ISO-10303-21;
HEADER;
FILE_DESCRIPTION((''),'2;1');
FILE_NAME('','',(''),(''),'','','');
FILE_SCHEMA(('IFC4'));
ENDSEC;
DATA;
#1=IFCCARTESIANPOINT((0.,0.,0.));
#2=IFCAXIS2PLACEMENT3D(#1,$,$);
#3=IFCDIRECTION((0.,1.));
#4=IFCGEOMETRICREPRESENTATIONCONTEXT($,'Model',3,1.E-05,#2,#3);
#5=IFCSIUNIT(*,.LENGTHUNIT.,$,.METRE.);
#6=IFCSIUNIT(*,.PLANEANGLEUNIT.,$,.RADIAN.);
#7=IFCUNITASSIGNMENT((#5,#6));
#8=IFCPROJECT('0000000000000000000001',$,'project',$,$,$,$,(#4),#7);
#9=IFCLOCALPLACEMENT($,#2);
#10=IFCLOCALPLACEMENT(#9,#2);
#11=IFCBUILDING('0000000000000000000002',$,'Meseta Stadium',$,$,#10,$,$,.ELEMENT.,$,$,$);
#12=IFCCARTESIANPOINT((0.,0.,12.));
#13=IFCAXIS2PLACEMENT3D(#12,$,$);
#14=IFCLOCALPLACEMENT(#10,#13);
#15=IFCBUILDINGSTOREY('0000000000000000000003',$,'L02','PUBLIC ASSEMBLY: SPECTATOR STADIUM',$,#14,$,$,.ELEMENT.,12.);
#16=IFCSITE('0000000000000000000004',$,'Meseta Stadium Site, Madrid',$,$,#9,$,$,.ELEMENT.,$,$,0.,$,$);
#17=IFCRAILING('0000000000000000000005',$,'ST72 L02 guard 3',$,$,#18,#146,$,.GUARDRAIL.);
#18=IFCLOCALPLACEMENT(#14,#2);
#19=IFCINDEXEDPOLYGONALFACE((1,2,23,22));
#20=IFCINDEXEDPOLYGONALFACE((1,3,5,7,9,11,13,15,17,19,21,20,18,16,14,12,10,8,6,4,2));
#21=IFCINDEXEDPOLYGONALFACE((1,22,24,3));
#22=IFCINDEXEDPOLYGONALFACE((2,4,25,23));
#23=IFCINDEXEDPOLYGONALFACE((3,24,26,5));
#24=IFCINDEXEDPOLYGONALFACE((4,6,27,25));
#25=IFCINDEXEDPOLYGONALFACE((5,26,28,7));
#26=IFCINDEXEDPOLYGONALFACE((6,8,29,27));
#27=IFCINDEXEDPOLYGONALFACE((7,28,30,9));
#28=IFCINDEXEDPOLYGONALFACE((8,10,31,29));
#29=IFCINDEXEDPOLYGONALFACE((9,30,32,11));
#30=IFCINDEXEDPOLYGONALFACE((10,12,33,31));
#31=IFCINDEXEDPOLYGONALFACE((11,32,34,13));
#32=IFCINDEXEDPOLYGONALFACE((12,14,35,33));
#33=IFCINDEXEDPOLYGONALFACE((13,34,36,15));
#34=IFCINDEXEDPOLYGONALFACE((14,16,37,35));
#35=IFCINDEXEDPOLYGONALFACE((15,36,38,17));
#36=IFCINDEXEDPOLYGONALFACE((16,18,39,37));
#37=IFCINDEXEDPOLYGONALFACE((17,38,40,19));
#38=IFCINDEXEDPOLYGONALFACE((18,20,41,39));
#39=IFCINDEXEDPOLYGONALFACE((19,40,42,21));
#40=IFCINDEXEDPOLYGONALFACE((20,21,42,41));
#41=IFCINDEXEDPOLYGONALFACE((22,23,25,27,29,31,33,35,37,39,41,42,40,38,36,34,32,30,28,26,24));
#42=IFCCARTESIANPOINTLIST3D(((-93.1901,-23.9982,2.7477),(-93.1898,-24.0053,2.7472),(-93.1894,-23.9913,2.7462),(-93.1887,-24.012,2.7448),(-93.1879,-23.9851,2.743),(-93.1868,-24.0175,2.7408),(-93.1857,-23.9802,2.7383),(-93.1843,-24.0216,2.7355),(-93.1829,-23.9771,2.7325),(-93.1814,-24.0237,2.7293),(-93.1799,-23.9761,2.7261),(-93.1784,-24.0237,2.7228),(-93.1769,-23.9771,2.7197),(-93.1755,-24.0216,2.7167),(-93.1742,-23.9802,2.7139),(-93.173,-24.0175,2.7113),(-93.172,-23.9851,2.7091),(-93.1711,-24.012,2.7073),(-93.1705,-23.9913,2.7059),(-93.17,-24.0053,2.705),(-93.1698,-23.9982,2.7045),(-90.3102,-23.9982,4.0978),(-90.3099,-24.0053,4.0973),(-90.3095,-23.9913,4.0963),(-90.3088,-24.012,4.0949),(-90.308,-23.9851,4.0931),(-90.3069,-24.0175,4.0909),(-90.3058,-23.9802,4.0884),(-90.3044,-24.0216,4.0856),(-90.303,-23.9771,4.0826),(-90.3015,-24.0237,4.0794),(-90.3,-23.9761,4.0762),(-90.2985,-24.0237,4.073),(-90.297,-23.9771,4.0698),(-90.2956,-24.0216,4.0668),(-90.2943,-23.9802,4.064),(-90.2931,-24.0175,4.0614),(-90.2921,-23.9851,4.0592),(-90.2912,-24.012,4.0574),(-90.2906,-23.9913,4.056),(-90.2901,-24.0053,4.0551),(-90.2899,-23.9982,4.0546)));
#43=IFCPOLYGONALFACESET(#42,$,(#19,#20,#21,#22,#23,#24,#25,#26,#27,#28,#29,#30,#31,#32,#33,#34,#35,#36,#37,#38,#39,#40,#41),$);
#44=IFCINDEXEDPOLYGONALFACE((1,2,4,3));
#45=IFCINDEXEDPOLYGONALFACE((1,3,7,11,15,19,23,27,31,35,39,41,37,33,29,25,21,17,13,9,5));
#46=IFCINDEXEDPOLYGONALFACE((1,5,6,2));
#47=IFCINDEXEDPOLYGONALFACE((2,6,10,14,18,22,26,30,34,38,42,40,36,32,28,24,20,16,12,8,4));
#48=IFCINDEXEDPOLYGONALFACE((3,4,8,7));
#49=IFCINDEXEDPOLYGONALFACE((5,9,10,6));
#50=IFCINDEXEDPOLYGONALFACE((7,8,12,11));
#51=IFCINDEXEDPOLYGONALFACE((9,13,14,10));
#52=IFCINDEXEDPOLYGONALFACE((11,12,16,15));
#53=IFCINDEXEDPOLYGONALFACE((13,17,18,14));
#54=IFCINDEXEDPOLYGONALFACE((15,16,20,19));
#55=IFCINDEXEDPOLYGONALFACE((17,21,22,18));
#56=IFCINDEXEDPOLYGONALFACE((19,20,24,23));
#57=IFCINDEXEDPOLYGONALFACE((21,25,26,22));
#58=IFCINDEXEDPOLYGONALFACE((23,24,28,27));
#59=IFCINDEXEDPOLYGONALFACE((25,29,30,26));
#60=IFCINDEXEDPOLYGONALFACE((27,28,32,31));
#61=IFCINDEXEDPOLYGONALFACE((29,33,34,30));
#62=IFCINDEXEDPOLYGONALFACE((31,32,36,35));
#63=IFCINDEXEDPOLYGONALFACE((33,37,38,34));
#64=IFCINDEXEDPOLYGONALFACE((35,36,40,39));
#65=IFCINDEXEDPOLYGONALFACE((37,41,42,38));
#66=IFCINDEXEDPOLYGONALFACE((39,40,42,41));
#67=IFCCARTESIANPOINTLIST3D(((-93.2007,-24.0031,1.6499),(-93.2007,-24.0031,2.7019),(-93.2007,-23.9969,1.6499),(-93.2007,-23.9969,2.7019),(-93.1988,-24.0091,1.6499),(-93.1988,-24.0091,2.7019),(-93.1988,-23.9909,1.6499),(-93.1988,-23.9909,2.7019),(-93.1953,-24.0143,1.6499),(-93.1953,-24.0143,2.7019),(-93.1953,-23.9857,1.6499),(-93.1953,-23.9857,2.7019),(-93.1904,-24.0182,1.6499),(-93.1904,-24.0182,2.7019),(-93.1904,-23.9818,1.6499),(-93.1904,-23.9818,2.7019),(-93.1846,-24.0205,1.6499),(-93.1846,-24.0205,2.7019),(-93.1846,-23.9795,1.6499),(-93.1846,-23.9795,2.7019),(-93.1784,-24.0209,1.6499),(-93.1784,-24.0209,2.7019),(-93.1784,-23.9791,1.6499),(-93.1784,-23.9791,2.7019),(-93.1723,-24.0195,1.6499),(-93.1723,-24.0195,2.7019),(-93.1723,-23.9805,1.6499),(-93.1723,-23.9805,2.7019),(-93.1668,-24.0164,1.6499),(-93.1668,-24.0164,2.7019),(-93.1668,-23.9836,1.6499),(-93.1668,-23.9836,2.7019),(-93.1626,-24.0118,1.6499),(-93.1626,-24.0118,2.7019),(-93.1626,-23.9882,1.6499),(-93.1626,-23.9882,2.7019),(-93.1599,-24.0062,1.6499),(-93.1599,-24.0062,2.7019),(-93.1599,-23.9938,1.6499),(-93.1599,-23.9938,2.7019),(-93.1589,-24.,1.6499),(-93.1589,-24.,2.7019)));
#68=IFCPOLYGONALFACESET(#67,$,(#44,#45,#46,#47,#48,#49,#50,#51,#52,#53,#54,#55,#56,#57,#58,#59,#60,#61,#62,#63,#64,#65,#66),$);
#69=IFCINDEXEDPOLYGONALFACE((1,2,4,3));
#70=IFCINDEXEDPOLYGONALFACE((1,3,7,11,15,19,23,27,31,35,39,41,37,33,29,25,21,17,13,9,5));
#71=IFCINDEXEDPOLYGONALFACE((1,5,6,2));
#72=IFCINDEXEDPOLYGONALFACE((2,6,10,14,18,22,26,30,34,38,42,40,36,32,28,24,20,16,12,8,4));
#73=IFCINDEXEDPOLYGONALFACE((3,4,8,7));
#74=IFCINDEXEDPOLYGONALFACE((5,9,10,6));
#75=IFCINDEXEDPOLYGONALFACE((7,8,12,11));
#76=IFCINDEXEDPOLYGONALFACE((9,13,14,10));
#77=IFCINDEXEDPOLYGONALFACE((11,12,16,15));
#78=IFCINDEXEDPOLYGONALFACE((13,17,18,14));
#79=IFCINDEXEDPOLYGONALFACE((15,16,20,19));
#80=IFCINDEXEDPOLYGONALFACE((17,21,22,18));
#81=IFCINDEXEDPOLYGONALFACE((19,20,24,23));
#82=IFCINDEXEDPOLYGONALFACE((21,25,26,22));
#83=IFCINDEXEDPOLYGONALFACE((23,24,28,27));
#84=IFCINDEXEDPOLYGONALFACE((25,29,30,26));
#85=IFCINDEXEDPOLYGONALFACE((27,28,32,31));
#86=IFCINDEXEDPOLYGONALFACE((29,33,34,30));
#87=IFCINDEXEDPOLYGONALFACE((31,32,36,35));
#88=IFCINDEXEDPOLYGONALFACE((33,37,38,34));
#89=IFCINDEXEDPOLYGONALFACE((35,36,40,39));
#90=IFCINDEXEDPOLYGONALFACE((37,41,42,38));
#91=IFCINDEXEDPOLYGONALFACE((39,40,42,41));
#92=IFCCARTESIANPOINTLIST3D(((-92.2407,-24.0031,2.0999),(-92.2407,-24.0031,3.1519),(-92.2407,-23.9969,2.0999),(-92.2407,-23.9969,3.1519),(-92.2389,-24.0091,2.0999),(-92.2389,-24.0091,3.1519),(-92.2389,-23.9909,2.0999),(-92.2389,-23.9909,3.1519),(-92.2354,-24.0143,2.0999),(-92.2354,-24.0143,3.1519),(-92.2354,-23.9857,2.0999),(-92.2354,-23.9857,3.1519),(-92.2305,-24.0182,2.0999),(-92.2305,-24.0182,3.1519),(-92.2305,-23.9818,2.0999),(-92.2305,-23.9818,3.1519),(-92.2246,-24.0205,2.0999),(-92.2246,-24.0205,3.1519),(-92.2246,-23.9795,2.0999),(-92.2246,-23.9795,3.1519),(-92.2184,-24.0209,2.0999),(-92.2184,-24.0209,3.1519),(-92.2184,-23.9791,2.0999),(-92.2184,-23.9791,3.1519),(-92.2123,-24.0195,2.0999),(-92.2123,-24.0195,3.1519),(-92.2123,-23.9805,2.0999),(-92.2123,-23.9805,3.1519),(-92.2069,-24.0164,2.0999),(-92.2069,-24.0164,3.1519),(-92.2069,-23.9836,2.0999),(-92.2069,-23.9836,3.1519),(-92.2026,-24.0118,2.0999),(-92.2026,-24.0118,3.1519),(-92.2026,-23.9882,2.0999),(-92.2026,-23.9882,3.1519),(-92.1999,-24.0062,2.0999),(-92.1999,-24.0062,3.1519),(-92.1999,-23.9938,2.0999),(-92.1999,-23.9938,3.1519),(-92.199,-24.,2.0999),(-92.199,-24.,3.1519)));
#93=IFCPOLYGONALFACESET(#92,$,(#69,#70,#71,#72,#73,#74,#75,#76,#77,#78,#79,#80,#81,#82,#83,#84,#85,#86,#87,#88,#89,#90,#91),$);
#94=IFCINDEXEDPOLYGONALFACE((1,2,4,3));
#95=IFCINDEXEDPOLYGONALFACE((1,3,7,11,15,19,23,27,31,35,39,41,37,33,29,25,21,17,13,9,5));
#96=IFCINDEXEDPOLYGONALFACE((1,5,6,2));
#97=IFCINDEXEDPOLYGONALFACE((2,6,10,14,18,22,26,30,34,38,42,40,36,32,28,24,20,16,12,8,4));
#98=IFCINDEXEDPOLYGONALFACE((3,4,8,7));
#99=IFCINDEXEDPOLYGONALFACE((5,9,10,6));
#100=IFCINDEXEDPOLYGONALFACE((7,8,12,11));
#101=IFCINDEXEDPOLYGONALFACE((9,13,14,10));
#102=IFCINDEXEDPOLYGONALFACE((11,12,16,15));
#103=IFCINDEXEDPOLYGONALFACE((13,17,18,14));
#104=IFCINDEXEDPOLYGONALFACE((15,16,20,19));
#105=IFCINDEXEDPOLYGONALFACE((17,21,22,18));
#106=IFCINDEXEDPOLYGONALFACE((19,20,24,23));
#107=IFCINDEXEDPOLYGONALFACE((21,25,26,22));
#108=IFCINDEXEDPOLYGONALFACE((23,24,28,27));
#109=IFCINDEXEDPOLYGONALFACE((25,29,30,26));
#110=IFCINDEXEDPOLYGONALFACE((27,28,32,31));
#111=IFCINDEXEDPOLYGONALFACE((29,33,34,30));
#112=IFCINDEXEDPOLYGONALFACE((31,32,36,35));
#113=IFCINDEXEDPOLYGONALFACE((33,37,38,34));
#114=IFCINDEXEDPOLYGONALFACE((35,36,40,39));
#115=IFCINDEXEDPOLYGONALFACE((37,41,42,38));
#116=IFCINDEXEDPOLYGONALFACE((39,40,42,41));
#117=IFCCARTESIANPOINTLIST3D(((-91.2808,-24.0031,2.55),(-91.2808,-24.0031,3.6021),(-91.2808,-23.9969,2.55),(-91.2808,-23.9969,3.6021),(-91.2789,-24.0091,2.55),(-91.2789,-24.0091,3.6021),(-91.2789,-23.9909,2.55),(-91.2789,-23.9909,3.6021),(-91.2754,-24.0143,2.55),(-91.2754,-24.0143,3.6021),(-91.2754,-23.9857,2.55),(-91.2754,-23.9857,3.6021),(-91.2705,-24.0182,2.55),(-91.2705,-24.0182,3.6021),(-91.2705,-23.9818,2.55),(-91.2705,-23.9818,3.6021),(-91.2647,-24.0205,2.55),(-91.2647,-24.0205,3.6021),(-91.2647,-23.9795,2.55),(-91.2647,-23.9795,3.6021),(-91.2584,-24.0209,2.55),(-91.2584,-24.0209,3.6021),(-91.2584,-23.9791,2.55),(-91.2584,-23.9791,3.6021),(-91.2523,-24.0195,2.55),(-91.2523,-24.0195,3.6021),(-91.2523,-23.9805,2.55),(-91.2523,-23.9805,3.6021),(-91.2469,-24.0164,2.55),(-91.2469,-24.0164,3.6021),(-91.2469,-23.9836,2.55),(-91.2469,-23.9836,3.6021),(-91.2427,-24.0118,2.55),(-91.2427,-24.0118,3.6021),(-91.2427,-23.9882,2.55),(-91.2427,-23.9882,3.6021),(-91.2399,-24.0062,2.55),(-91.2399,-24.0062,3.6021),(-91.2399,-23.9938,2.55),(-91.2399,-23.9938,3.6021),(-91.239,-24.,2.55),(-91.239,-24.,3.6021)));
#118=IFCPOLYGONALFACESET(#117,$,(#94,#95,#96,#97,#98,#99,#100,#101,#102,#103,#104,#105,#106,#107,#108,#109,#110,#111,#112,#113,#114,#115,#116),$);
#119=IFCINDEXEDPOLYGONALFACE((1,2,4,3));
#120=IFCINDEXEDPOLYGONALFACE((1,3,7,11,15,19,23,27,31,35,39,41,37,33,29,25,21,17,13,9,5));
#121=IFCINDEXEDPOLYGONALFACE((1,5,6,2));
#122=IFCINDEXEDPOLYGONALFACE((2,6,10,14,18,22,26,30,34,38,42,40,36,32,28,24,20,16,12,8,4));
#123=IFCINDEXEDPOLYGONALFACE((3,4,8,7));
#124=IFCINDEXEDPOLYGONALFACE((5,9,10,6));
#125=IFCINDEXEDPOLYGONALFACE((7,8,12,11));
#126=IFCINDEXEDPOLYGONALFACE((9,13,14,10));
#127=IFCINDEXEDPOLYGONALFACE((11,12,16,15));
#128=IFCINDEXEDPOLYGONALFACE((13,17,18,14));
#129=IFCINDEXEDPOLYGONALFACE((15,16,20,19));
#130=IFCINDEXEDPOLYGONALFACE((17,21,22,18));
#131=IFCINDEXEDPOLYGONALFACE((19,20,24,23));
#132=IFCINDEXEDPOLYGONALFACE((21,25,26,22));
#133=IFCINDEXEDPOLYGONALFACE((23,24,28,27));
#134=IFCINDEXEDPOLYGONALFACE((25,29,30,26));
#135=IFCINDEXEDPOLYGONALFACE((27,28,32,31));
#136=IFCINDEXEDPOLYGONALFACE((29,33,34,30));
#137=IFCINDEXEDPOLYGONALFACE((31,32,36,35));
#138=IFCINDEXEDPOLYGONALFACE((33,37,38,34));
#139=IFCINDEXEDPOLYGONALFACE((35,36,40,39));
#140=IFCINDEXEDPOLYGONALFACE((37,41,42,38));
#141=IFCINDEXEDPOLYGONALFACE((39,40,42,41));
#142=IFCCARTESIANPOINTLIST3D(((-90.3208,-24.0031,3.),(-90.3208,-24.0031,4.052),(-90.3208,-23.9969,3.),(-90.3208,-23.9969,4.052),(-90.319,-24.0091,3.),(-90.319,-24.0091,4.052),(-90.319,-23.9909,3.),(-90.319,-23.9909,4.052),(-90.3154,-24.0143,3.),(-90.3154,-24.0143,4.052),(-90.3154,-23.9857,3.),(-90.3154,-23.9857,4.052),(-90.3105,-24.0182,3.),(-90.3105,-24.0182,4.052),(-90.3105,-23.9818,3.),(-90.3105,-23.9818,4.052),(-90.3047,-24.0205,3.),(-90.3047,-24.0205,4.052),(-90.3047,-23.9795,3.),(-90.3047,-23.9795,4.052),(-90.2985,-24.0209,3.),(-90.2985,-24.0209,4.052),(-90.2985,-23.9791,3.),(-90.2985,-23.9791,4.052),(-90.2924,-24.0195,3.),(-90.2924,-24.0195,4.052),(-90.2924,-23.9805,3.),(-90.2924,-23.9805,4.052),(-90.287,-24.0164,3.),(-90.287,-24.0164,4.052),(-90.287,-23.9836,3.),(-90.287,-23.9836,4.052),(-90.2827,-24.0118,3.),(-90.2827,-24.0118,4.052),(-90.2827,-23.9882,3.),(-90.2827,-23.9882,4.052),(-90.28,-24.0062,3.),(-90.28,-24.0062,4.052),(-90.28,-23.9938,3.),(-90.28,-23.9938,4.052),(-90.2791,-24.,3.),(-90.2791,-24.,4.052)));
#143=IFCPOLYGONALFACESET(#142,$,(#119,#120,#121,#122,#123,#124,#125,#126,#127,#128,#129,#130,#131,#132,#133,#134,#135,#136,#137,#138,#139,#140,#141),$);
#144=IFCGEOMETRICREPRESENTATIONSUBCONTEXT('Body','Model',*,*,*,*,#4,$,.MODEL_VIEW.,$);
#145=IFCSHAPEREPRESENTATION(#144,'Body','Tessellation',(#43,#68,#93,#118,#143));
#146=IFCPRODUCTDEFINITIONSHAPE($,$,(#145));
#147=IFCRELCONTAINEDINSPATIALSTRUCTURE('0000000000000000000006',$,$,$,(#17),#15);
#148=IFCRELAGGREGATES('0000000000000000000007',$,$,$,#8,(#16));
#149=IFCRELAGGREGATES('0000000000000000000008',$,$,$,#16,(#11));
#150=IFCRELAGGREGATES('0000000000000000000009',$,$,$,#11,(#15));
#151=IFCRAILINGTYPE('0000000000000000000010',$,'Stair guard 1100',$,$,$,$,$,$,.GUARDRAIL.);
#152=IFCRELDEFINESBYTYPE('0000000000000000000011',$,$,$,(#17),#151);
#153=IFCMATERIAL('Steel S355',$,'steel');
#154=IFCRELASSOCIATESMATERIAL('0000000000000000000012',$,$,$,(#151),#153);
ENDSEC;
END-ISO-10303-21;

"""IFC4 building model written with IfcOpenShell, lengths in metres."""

from ifc_helpers import new_model, si_unit, direction, frame, origin, origin_2d, place, context, subcontext, project, spatial, circle, extrude, material, type_object, element, save


model = new_model("IFC4")

# Units and contexts
model_context = context("Model", 3, precision=1e-05, world=origin(), true_north=direction((0.0, 1.0)))
body_context = subcontext(model_context, "Body", "Model", "MODEL_VIEW")
ifc_project = project(units=[si_unit("LENGTHUNIT", "METRE"), si_unit("PLANEANGLEUNIT", "RADIAN")], contexts=[model_context])

# Site, building, storey
site_placement = place(None, origin())
site = spatial("IfcSite", under=ifc_project, at=site_placement, Name="Meseta Stadium Site, Madrid", CompositionType="ELEMENT", RefElevation=0.0)
building_placement = place(site_placement, origin())
building = spatial("IfcBuilding", under=site, at=building_placement, Name="Meseta Stadium", CompositionType="ELEMENT")
storey_placement = place(building_placement, frame((0.0, 0.0, 12.0)))
storey = spatial("IfcBuildingStorey", under=building, at=storey_placement, Name="L02", Description="PUBLIC ASSEMBLY: SPECTATOR STADIUM", CompositionType="ELEMENT", Elevation=12.0)

# Railing
ifc_material_1 = material(Name="Steel S355", Category="steel")
railing_type_1 = type_object("IfcRailingType", Name="Stair guard 1100", PredefinedType="GUARDRAIL", material=ifc_material_1)
railing_1_placement = place(storey_placement, frame((-93.1799, -24.0, 1.6499)))
element("IfcRailing", 1, at=railing_1_placement, inside=storey, type_object=railing_type_1, Name="ST72 L02 guard 3", PredefinedType="GUARDRAIL", context=body_context, shape_type="SweptSolid", body=[
    extrude(circle(Radius=0.0239, at=origin_2d()), frame((0.0, 0.0, 1.0762), z_axis=(0.90544, 0.0, 0.424473), x_axis=(0.0, 1.0, 0.0)), (0.0, 0.0, 1.0), 3.1807),
    extrude(circle(Radius=0.021, at=origin_2d()), origin(), (0.0, 0.0, 1.0), 1.052),
    extrude(circle(Radius=0.021, at=origin_2d()), frame((0.96, 0.0, 0.45)), (0.0, 0.0, 1.0), 1.052),
    extrude(circle(Radius=0.021, at=origin_2d()), frame((1.9199, 0.0, 0.9001)), (0.0, 0.0, 1.0), 1.052),
    extrude(circle(Radius=0.021, at=origin_2d()), frame((2.8799, 0.0, 1.3501)), (0.0, 0.0, 1.0), 1.052),
])

save(model, "model.ifc")
